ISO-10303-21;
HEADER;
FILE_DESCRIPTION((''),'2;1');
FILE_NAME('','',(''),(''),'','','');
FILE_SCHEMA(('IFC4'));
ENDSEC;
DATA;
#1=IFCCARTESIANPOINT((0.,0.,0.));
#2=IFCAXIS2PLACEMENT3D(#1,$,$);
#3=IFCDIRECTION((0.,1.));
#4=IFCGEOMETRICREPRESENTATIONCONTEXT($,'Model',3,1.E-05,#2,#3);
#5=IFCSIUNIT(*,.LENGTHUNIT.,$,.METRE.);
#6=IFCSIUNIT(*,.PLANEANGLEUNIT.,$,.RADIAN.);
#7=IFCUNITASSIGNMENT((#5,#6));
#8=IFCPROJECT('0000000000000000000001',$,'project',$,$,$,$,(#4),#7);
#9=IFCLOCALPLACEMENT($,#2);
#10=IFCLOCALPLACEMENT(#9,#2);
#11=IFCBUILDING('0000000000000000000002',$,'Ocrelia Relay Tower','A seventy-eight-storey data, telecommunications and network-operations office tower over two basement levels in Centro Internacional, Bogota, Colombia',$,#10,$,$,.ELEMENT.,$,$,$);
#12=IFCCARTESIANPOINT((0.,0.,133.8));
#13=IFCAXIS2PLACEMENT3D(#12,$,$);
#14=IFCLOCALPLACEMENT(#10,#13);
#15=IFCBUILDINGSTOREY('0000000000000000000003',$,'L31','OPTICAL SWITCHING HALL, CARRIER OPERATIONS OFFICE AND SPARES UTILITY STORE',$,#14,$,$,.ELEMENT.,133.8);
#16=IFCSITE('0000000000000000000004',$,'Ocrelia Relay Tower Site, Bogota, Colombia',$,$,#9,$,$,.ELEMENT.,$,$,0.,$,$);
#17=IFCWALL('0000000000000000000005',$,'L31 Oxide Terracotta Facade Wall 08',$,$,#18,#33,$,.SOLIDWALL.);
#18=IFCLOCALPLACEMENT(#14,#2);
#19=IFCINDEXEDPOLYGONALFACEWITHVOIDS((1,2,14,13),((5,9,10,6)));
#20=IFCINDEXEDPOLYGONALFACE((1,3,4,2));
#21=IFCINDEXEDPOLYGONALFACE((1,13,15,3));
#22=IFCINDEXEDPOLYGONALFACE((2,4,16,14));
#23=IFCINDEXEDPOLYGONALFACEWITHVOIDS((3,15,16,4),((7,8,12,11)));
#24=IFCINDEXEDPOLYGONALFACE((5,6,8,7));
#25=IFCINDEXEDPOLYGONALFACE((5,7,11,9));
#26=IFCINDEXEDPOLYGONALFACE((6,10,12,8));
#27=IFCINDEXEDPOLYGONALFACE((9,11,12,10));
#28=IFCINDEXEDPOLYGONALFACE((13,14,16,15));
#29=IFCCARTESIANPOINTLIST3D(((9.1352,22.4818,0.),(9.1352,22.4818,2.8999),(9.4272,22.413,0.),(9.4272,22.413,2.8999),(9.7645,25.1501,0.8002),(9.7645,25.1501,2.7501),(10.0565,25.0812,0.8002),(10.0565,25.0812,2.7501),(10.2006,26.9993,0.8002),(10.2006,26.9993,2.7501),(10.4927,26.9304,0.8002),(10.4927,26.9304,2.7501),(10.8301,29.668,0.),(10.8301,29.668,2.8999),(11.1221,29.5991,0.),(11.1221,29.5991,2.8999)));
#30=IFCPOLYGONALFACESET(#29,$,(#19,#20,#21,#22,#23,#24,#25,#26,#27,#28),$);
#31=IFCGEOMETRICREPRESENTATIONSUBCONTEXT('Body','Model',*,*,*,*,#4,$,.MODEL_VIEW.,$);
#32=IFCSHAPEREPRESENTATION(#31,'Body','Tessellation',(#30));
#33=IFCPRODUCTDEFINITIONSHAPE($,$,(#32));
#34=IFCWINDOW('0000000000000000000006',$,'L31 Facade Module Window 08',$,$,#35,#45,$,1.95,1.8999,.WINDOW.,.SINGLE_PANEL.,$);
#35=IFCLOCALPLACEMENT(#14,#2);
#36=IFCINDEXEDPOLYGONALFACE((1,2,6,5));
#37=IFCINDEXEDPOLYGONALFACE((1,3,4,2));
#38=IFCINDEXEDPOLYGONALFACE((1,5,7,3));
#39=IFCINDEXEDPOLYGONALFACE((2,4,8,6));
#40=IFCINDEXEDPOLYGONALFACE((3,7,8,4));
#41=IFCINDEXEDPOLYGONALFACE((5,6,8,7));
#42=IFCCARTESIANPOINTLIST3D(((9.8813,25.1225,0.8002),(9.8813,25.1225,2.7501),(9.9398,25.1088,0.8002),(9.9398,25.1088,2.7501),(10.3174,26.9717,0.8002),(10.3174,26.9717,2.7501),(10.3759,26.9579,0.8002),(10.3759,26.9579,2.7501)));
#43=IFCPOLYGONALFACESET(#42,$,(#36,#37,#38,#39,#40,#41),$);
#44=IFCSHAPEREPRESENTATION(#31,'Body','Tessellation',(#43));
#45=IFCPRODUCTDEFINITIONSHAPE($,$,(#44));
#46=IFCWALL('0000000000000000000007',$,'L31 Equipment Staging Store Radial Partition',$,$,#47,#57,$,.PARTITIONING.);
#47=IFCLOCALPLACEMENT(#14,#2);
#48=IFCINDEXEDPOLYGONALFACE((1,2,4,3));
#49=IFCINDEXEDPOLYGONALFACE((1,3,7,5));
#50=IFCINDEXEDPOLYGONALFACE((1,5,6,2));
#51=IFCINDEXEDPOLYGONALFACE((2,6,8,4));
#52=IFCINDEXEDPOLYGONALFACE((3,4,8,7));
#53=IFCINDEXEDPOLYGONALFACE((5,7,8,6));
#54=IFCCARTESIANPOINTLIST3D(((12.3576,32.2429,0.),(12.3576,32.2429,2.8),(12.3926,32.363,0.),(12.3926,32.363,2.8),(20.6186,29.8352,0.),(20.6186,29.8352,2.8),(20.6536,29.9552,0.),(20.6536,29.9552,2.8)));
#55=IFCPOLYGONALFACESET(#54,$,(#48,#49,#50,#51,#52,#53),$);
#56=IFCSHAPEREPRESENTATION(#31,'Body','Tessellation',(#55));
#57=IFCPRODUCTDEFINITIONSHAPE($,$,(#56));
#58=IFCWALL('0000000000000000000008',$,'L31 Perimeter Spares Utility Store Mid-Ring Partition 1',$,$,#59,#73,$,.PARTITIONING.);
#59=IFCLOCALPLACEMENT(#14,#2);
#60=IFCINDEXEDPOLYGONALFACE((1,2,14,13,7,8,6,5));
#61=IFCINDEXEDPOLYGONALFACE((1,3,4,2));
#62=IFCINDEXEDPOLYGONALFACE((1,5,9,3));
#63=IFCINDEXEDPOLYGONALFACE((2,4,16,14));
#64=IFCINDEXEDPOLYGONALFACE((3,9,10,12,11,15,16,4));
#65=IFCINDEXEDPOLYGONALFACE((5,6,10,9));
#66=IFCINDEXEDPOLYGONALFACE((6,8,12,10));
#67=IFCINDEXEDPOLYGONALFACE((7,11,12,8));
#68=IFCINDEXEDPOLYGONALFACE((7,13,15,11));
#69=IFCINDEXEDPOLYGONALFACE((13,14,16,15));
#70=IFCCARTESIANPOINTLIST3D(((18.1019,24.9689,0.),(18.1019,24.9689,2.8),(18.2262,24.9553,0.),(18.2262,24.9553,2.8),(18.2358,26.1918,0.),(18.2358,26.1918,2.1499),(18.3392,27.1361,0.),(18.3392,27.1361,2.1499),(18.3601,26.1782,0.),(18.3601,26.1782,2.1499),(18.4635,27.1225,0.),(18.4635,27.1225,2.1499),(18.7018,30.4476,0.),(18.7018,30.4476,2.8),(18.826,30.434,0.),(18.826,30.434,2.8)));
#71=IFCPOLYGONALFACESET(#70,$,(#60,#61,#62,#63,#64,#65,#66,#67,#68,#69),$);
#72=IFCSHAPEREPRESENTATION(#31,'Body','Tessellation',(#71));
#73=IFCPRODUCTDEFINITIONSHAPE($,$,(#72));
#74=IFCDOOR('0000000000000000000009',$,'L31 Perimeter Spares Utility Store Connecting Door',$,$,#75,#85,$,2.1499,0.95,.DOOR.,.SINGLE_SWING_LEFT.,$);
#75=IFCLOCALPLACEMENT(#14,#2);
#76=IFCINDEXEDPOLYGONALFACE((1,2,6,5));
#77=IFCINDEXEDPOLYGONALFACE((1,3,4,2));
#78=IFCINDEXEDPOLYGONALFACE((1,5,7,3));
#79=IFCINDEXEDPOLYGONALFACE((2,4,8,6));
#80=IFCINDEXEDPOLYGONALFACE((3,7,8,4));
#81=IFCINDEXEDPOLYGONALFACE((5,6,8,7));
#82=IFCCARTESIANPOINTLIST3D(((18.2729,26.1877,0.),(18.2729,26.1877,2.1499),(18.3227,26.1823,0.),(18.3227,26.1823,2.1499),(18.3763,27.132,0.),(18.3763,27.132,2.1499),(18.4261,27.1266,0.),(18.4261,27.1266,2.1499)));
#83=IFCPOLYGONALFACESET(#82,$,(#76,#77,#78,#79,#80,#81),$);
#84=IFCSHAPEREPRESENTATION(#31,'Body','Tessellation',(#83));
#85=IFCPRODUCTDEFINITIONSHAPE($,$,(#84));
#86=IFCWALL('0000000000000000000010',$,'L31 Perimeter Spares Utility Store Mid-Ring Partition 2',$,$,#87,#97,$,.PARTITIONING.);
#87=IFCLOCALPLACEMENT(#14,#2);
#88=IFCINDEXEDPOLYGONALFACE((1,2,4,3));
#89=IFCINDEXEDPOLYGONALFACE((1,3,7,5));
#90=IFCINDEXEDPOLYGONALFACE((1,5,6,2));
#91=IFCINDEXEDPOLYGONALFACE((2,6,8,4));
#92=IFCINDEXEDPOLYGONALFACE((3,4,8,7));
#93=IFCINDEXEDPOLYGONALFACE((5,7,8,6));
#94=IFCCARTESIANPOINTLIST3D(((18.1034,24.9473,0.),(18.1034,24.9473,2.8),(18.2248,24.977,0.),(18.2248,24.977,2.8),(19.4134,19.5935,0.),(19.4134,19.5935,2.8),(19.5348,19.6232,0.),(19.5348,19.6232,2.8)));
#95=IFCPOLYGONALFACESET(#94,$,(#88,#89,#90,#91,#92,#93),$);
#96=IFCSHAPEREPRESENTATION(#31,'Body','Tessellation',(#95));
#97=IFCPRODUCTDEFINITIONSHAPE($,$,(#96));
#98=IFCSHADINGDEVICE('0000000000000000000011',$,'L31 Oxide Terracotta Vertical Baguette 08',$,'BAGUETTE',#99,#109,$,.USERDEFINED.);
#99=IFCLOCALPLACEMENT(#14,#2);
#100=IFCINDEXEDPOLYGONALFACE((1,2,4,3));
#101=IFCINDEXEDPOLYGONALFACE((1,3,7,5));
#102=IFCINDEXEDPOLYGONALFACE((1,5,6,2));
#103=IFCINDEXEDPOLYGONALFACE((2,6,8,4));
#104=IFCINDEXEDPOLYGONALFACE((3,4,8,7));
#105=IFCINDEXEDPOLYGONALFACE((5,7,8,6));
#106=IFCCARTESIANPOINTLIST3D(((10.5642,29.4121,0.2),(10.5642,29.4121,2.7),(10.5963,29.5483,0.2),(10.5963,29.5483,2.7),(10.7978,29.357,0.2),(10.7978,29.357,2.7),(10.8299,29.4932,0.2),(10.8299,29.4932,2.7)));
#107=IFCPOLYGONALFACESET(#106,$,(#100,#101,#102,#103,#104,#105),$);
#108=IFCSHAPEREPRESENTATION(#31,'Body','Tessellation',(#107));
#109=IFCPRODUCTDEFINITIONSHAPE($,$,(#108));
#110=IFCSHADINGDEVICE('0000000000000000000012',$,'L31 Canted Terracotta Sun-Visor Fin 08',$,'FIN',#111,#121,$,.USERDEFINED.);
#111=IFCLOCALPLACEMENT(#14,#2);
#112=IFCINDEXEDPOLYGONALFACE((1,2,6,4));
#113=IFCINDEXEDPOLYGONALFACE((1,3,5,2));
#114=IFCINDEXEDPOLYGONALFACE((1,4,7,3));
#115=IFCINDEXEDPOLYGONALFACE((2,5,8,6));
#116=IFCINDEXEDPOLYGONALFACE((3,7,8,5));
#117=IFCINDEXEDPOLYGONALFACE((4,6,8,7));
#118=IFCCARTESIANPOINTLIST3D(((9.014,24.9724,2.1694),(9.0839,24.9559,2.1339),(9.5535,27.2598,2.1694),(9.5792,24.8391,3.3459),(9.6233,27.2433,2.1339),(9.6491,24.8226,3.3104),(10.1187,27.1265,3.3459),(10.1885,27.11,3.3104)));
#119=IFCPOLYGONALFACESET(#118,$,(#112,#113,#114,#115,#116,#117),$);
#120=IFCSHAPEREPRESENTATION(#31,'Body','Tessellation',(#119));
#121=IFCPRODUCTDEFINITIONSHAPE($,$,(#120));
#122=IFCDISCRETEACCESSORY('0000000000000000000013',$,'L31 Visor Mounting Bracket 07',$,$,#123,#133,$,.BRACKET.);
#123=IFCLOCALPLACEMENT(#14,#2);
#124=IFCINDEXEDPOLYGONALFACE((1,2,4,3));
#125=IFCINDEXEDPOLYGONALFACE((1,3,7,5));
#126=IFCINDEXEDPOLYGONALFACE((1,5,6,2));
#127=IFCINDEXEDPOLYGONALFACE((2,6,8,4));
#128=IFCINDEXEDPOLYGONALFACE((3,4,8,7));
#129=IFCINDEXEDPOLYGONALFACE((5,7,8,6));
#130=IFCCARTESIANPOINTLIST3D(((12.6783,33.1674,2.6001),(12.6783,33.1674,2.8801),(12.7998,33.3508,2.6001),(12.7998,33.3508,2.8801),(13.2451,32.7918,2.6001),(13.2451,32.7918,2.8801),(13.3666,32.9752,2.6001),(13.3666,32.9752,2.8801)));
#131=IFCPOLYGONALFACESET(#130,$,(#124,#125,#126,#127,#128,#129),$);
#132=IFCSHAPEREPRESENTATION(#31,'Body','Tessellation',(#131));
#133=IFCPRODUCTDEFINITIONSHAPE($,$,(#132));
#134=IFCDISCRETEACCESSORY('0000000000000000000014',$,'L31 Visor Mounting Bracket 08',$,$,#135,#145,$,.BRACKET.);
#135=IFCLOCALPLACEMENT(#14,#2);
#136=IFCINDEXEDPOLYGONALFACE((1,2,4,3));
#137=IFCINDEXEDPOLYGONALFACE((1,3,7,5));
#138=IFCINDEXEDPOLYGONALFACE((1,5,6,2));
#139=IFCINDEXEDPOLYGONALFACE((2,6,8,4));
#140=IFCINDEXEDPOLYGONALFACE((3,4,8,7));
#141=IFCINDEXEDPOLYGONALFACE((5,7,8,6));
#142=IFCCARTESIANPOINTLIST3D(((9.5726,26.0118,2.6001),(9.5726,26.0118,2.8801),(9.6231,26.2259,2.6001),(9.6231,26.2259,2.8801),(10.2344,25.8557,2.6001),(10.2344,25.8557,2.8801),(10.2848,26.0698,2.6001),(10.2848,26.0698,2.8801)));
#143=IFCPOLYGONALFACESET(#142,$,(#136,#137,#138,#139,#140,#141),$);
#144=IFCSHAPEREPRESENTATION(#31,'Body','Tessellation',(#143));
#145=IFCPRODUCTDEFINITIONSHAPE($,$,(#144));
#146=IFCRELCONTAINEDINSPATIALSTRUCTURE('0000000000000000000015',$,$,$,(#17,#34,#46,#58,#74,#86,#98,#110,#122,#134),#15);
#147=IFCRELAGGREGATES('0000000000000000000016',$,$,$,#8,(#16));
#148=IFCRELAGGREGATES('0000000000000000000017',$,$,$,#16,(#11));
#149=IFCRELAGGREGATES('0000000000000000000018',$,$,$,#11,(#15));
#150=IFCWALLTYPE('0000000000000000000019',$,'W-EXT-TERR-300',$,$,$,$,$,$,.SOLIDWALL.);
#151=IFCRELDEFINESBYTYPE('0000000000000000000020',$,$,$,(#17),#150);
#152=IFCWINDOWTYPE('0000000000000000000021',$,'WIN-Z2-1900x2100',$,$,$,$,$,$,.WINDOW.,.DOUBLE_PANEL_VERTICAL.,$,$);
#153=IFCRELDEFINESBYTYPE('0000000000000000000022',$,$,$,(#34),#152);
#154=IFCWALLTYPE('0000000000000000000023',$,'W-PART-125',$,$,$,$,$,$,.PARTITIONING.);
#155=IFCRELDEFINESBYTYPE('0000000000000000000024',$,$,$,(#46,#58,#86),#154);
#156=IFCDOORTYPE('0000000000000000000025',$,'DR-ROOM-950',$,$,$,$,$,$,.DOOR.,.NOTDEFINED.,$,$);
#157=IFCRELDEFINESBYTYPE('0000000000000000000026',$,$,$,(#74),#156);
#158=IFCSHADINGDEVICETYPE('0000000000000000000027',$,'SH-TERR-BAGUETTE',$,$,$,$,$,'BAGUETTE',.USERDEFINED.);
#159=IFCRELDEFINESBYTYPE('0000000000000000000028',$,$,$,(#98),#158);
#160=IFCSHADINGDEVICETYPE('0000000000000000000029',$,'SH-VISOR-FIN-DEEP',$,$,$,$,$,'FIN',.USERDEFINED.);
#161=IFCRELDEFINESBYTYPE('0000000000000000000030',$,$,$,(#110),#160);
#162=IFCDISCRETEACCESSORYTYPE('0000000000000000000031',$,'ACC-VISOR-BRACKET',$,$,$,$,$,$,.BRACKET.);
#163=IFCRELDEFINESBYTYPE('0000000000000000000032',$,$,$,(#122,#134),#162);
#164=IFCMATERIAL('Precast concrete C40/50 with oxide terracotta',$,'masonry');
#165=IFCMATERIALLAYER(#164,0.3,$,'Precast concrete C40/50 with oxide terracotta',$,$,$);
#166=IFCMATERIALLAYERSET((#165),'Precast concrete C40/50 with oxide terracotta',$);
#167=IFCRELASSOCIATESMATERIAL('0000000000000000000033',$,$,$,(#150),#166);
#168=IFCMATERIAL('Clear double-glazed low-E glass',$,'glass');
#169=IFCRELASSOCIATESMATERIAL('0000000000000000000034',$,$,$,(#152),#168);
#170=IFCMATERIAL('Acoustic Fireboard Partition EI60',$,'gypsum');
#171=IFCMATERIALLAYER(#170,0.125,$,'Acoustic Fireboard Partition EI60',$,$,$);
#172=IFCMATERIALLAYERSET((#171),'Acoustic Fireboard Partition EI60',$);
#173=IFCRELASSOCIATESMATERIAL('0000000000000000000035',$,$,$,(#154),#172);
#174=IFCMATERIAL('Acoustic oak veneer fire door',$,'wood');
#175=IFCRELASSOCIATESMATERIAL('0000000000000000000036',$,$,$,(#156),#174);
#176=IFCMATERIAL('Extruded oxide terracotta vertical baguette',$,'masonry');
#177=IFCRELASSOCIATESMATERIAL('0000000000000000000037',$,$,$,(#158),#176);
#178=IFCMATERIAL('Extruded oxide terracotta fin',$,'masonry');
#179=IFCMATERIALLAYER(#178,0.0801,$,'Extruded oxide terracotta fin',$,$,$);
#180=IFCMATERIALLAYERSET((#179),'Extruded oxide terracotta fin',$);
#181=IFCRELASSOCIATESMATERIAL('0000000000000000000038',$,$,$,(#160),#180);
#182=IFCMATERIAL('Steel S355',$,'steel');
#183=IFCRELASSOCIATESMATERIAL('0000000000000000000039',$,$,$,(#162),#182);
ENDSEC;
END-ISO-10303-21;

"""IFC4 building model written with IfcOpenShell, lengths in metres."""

from ifc_helpers import new_model, si_unit, direction, frame, frame_2d, origin, origin_2d, place, context, subcontext, project, spatial, rectangle, extrude, material, layer, layer_set, type_object, element, fill, save


model = new_model("IFC4")

# Units and contexts
model_context = context("Model", 3, precision=1e-05, world=origin(), true_north=direction((0.0, 1.0)))
body_context = subcontext(model_context, "Body", "Model", "MODEL_VIEW")
ifc_project = project(units=[si_unit("LENGTHUNIT", "METRE"), si_unit("PLANEANGLEUNIT", "RADIAN")], contexts=[model_context])

# Site, building, storey
site_placement = place(None, origin())
site = spatial("IfcSite", under=ifc_project, at=site_placement, Name="Ocrelia Relay Tower Site, Bogota, Colombia", CompositionType="ELEMENT", RefElevation=0.0)
building_placement = place(site_placement, origin())
building = spatial("IfcBuilding", under=site, at=building_placement, Name="Ocrelia Relay Tower", Description="A seventy-eight-storey data, telecommunications and network-operations office tower over two basement levels in Centro Internacional, Bogota, Colombia", CompositionType="ELEMENT")
storey_placement = place(building_placement, frame((0.0, 0.0, 133.8)))
storey = spatial("IfcBuildingStorey", under=building, at=storey_placement, Name="L31", Description="OPTICAL SWITCHING HALL, CARRIER OPERATIONS OFFICE AND SPARES UTILITY STORE", CompositionType="ELEMENT", Elevation=133.8)

# Shared definitions
ifc_material_1 = material(Name="Steel S355", Category="steel")

# Shared definitions
ifc_material_2 = material(Name="Acoustic oak veneer fire door", Category="wood")

# Wall, opening, window
ifc_material_3 = material(Name="Precast concrete C40/50 with oxide terracotta", Category="masonry")
ifc_layer_1 = layer(ifc_material_3, 0.3, Name="Precast concrete C40/50 with oxide terracotta")
ifc_layer_set_1 = layer_set([ifc_layer_1], Name="Precast concrete C40/50 with oxide terracotta")
wall_type_1 = type_object("IfcWallType", Name="W-EXT-TERR-300", PredefinedType="SOLIDWALL", material=ifc_layer_set_1)
wall_1_placement = place(storey_placement, frame((10.9761, 29.6335, 0.0), z_axis=(0.0, 0.0, 1.0), x_axis=(-0.229552, -0.973296, 0.0)))
wall_1 = element("IfcWall", 1, at=wall_1_placement, inside=storey, type_object=wall_type_1, Name="L31 Oxide Terracotta Facade Wall 08", PredefinedType="SOLIDWALL", context=body_context, shape_type="SweptSolid", body=[
    extrude(rectangle(XDim=7.3833, YDim=0.3, at=frame_2d((3.6917, 0.0))), origin(), (0.0, 0.0, 1.0), 2.8999),
])
opening_1_placement = place(wall_1_placement, frame((2.7419, 0.0, 0.8)))
opening_1 = element("IfcOpeningElement", 2, at=opening_1_placement, cuts=wall_1, PredefinedType="OPENING", context=body_context, shape_type="SweptSolid", body=[
    extrude(rectangle(XDim=1.8999, YDim=1.95, at=frame_2d((0.95, 0.9751))), frame((0.0, 0.1602, 0.0), z_axis=(0.0, -1.0, 0.0), x_axis=(1.0, 0.0, 0.0)), (0.0, 0.0, 1.0), 0.3201),
])
ifc_material_4 = material(Name="Clear double-glazed low-E glass", Category="glass")
window_type = type_object("IfcWindowType", Name="WIN-Z2-1900x2100", PartitioningType="DOUBLE_PANEL_VERTICAL", PredefinedType="WINDOW", material=ifc_material_4)
window_placement = place(opening_1_placement, origin())
window = element("IfcWindow", 3, at=window_placement, inside=storey, type_object=window_type, Name="L31 Facade Module Window 08", OverallHeight=1.95, OverallWidth=1.8999, PartitioningType="SINGLE_PANEL", PredefinedType="WINDOW", context=body_context, shape_type="SweptSolid", body=[
    extrude(rectangle(XDim=1.8999, YDim=1.95, at=frame_2d((0.95, 0.9751))), frame((0.0, 0.03, 0.0), z_axis=(0.0, -1.0, 0.0), x_axis=(1.0, 0.0, 0.0)), (0.0, 0.0, 1.0), 0.0601),
])
fill(opening_1, window)

# Wall
ifc_material_5 = material(Name="Acoustic Fireboard Partition EI60", Category="gypsum")
ifc_layer_2 = layer(ifc_material_5, 0.125, Name="Acoustic Fireboard Partition EI60")
ifc_layer_set_2 = layer_set([ifc_layer_2], Name="Acoustic Fireboard Partition EI60")
wall_type_2 = type_object("IfcWallType", Name="W-PART-125", PredefinedType="PARTITIONING", material=ifc_layer_set_2)
wall_2_placement = place(storey_placement, frame((20.636, 29.8953, 0.0), z_axis=(0.0, 0.0, 1.0), x_axis=(-0.960054, 0.279814, 0.0)))
element("IfcWall", 4, at=wall_2_placement, inside=storey, type_object=wall_type_2, Name="L31 Equipment Staging Store Radial Partition", PredefinedType="PARTITIONING", context=body_context, shape_type="SweptSolid", body=[
    extrude(rectangle(XDim=8.6047, YDim=0.125, at=frame_2d((4.3022, 0.0))), origin(), (0.0, 0.0, 1.0), 2.8),
])

# Wall, opening, door
wall_3_placement = place(storey_placement, frame((18.7639, 30.4409, 0.0), z_axis=(0.0, 0.0, 1.0), x_axis=(-0.108837, -0.99406, 0.0)))
wall_3 = element("IfcWall", 5, at=wall_3_placement, inside=storey, type_object=wall_type_2, Name="L31 Perimeter Spares Utility Store Mid-Ring Partition 1", PredefinedType="PARTITIONING", context=body_context, shape_type="SweptSolid", body=[
    extrude(rectangle(XDim=5.5115, YDim=0.125, at=frame_2d((2.7559, 0.0))), origin(), (0.0, 0.0, 1.0), 2.8),
])
opening_2_placement = place(wall_3_placement, frame((3.3313, 0.0, 0.0)))
opening_2 = element("IfcOpeningElement", 6, at=opening_2_placement, cuts=wall_3, PredefinedType="OPENING", context=body_context, shape_type="SweptSolid", body=[
    extrude(rectangle(XDim=0.95, YDim=2.1499, at=frame_2d((0.4751, 1.075))), frame((0.0, 0.0725, 0.0), z_axis=(0.0, -1.0, 0.0), x_axis=(1.0, 0.0, 0.0)), (0.0, 0.0, 1.0), 0.145),
])
door_type_1 = type_object("IfcDoorType", Name="DR-ROOM-950", OperationType="NOTDEFINED", PredefinedType="DOOR", material=ifc_material_2)
door_1_placement = place(opening_2_placement, origin())
door_1 = element("IfcDoor", 7, at=door_1_placement, inside=storey, type_object=door_type_1, Name="L31 Perimeter Spares Utility Store Connecting Door", OperationType="SINGLE_SWING_LEFT", OverallHeight=2.1499, OverallWidth=0.95, PredefinedType="DOOR", context=body_context, shape_type="SweptSolid", body=[
    extrude(rectangle(XDim=0.95, YDim=2.1499, at=frame_2d((0.4751, 1.075))), frame((0.0, 0.0249, 0.0), z_axis=(0.0, -1.0, 0.0), x_axis=(1.0, 0.0, 0.0)), (0.0, 0.0, 1.0), 0.05),
])
fill(opening_2, door_1)

# Wall
wall_4_placement = place(storey_placement, frame((18.1641, 24.9622, 0.0), z_axis=(0.0, 0.0, 1.0), x_axis=(0.237686, -0.971342, 0.0)))
element("IfcWall", 8, at=wall_4_placement, inside=storey, type_object=wall_type_2, Name="L31 Perimeter Spares Utility Store Mid-Ring Partition 2", PredefinedType="PARTITIONING", context=body_context, shape_type="SweptSolid", body=[
    extrude(rectangle(XDim=5.5117, YDim=0.125, at=frame_2d((2.7559, 0.0))), origin(), (0.0, 0.0, 1.0), 2.8),
])

# Shading devices
ifc_material_6 = material(Name="Extruded oxide terracotta vertical baguette", Category="masonry")
shading_device_type_1 = type_object("IfcShadingDeviceType", Name="SH-TERR-BAGUETTE", ElementType="BAGUETTE", PredefinedType="USERDEFINED", material=ifc_material_6)
shading_device_1_placement = place(storey_placement, frame((10.697, 29.4526, 0.2), z_axis=(0.0, 0.0, 1.0), x_axis=(-0.229534, -0.973301, 0.0)))
element("IfcShadingDevice", 9, at=shading_device_1_placement, inside=storey, type_object=shading_device_type_1, Name="L31 Oxide Terracotta Vertical Baguette 08", ObjectType="BAGUETTE", PredefinedType="USERDEFINED", context=body_context, shape_type="SweptSolid", body=[
    extrude(rectangle(XDim=0.1399, YDim=0.24, at=origin_2d()), origin(), (0.0, 0.0, 1.0), 2.5),
])
ifc_material_7 = material(Name="Extruded oxide terracotta fin", Category="masonry")
ifc_layer_3 = layer(ifc_material_7, 0.0801, Name="Extruded oxide terracotta fin")
ifc_layer_set_3 = layer_set([ifc_layer_3], Name="Extruded oxide terracotta fin")
shading_device_type_2 = type_object("IfcShadingDeviceType", Name="SH-VISOR-FIN-DEEP", ElementType="FIN", PredefinedType="USERDEFINED", material=ifc_layer_set_3)
shading_device_2_placement = place(storey_placement, frame((9.6362, 26.033, 2.7222), z_axis=(-0.872777, 0.205827, 0.442602), x_axis=(-0.229534, -0.973301, 0.0)))
element("IfcShadingDevice", 10, at=shading_device_2_placement, inside=storey, type_object=shading_device_type_2, Name="L31 Canted Terracotta Sun-Visor Fin 08", ObjectType="FIN", PredefinedType="USERDEFINED", context=body_context, shape_type="SweptSolid", body=[
    extrude(rectangle(XDim=2.3501, YDim=1.312, at=origin_2d()), origin(), (0.0, 0.0, 1.0), 0.0801),
])

# Discrete accessories
discrete_accessory_type = type_object("IfcDiscreteAccessoryType", Name="ACC-VISOR-BRACKET", PredefinedType="BRACKET", material=ifc_material_1)
for number, where, z_axis, x_axis, name in (
    (11, (13.0225, 33.0713, 2.6001), (0.0, 0.0, 1.0), (-0.552406, -0.833575, 0.0), "L31 Visor Mounting Bracket 07"),
    (12, (9.9287, 26.0408, 2.6001), (0.0, 0.0, 1.0), (-0.229534, -0.973301, 0.0), "L31 Visor Mounting Bracket 08"),
):
    element("IfcDiscreteAccessory", number, at=place(storey_placement, frame(where, z_axis=z_axis, x_axis=x_axis)), inside=storey, type_object=discrete_accessory_type, Name=name, PredefinedType="BRACKET", context=body_context, shape_type="SweptSolid", body=[
        extrude(rectangle(XDim=0.22, YDim=0.6799, at=origin_2d()), origin(), (0.0, 0.0, 1.0), 0.28),
    ])

save(model, "model.ifc")
